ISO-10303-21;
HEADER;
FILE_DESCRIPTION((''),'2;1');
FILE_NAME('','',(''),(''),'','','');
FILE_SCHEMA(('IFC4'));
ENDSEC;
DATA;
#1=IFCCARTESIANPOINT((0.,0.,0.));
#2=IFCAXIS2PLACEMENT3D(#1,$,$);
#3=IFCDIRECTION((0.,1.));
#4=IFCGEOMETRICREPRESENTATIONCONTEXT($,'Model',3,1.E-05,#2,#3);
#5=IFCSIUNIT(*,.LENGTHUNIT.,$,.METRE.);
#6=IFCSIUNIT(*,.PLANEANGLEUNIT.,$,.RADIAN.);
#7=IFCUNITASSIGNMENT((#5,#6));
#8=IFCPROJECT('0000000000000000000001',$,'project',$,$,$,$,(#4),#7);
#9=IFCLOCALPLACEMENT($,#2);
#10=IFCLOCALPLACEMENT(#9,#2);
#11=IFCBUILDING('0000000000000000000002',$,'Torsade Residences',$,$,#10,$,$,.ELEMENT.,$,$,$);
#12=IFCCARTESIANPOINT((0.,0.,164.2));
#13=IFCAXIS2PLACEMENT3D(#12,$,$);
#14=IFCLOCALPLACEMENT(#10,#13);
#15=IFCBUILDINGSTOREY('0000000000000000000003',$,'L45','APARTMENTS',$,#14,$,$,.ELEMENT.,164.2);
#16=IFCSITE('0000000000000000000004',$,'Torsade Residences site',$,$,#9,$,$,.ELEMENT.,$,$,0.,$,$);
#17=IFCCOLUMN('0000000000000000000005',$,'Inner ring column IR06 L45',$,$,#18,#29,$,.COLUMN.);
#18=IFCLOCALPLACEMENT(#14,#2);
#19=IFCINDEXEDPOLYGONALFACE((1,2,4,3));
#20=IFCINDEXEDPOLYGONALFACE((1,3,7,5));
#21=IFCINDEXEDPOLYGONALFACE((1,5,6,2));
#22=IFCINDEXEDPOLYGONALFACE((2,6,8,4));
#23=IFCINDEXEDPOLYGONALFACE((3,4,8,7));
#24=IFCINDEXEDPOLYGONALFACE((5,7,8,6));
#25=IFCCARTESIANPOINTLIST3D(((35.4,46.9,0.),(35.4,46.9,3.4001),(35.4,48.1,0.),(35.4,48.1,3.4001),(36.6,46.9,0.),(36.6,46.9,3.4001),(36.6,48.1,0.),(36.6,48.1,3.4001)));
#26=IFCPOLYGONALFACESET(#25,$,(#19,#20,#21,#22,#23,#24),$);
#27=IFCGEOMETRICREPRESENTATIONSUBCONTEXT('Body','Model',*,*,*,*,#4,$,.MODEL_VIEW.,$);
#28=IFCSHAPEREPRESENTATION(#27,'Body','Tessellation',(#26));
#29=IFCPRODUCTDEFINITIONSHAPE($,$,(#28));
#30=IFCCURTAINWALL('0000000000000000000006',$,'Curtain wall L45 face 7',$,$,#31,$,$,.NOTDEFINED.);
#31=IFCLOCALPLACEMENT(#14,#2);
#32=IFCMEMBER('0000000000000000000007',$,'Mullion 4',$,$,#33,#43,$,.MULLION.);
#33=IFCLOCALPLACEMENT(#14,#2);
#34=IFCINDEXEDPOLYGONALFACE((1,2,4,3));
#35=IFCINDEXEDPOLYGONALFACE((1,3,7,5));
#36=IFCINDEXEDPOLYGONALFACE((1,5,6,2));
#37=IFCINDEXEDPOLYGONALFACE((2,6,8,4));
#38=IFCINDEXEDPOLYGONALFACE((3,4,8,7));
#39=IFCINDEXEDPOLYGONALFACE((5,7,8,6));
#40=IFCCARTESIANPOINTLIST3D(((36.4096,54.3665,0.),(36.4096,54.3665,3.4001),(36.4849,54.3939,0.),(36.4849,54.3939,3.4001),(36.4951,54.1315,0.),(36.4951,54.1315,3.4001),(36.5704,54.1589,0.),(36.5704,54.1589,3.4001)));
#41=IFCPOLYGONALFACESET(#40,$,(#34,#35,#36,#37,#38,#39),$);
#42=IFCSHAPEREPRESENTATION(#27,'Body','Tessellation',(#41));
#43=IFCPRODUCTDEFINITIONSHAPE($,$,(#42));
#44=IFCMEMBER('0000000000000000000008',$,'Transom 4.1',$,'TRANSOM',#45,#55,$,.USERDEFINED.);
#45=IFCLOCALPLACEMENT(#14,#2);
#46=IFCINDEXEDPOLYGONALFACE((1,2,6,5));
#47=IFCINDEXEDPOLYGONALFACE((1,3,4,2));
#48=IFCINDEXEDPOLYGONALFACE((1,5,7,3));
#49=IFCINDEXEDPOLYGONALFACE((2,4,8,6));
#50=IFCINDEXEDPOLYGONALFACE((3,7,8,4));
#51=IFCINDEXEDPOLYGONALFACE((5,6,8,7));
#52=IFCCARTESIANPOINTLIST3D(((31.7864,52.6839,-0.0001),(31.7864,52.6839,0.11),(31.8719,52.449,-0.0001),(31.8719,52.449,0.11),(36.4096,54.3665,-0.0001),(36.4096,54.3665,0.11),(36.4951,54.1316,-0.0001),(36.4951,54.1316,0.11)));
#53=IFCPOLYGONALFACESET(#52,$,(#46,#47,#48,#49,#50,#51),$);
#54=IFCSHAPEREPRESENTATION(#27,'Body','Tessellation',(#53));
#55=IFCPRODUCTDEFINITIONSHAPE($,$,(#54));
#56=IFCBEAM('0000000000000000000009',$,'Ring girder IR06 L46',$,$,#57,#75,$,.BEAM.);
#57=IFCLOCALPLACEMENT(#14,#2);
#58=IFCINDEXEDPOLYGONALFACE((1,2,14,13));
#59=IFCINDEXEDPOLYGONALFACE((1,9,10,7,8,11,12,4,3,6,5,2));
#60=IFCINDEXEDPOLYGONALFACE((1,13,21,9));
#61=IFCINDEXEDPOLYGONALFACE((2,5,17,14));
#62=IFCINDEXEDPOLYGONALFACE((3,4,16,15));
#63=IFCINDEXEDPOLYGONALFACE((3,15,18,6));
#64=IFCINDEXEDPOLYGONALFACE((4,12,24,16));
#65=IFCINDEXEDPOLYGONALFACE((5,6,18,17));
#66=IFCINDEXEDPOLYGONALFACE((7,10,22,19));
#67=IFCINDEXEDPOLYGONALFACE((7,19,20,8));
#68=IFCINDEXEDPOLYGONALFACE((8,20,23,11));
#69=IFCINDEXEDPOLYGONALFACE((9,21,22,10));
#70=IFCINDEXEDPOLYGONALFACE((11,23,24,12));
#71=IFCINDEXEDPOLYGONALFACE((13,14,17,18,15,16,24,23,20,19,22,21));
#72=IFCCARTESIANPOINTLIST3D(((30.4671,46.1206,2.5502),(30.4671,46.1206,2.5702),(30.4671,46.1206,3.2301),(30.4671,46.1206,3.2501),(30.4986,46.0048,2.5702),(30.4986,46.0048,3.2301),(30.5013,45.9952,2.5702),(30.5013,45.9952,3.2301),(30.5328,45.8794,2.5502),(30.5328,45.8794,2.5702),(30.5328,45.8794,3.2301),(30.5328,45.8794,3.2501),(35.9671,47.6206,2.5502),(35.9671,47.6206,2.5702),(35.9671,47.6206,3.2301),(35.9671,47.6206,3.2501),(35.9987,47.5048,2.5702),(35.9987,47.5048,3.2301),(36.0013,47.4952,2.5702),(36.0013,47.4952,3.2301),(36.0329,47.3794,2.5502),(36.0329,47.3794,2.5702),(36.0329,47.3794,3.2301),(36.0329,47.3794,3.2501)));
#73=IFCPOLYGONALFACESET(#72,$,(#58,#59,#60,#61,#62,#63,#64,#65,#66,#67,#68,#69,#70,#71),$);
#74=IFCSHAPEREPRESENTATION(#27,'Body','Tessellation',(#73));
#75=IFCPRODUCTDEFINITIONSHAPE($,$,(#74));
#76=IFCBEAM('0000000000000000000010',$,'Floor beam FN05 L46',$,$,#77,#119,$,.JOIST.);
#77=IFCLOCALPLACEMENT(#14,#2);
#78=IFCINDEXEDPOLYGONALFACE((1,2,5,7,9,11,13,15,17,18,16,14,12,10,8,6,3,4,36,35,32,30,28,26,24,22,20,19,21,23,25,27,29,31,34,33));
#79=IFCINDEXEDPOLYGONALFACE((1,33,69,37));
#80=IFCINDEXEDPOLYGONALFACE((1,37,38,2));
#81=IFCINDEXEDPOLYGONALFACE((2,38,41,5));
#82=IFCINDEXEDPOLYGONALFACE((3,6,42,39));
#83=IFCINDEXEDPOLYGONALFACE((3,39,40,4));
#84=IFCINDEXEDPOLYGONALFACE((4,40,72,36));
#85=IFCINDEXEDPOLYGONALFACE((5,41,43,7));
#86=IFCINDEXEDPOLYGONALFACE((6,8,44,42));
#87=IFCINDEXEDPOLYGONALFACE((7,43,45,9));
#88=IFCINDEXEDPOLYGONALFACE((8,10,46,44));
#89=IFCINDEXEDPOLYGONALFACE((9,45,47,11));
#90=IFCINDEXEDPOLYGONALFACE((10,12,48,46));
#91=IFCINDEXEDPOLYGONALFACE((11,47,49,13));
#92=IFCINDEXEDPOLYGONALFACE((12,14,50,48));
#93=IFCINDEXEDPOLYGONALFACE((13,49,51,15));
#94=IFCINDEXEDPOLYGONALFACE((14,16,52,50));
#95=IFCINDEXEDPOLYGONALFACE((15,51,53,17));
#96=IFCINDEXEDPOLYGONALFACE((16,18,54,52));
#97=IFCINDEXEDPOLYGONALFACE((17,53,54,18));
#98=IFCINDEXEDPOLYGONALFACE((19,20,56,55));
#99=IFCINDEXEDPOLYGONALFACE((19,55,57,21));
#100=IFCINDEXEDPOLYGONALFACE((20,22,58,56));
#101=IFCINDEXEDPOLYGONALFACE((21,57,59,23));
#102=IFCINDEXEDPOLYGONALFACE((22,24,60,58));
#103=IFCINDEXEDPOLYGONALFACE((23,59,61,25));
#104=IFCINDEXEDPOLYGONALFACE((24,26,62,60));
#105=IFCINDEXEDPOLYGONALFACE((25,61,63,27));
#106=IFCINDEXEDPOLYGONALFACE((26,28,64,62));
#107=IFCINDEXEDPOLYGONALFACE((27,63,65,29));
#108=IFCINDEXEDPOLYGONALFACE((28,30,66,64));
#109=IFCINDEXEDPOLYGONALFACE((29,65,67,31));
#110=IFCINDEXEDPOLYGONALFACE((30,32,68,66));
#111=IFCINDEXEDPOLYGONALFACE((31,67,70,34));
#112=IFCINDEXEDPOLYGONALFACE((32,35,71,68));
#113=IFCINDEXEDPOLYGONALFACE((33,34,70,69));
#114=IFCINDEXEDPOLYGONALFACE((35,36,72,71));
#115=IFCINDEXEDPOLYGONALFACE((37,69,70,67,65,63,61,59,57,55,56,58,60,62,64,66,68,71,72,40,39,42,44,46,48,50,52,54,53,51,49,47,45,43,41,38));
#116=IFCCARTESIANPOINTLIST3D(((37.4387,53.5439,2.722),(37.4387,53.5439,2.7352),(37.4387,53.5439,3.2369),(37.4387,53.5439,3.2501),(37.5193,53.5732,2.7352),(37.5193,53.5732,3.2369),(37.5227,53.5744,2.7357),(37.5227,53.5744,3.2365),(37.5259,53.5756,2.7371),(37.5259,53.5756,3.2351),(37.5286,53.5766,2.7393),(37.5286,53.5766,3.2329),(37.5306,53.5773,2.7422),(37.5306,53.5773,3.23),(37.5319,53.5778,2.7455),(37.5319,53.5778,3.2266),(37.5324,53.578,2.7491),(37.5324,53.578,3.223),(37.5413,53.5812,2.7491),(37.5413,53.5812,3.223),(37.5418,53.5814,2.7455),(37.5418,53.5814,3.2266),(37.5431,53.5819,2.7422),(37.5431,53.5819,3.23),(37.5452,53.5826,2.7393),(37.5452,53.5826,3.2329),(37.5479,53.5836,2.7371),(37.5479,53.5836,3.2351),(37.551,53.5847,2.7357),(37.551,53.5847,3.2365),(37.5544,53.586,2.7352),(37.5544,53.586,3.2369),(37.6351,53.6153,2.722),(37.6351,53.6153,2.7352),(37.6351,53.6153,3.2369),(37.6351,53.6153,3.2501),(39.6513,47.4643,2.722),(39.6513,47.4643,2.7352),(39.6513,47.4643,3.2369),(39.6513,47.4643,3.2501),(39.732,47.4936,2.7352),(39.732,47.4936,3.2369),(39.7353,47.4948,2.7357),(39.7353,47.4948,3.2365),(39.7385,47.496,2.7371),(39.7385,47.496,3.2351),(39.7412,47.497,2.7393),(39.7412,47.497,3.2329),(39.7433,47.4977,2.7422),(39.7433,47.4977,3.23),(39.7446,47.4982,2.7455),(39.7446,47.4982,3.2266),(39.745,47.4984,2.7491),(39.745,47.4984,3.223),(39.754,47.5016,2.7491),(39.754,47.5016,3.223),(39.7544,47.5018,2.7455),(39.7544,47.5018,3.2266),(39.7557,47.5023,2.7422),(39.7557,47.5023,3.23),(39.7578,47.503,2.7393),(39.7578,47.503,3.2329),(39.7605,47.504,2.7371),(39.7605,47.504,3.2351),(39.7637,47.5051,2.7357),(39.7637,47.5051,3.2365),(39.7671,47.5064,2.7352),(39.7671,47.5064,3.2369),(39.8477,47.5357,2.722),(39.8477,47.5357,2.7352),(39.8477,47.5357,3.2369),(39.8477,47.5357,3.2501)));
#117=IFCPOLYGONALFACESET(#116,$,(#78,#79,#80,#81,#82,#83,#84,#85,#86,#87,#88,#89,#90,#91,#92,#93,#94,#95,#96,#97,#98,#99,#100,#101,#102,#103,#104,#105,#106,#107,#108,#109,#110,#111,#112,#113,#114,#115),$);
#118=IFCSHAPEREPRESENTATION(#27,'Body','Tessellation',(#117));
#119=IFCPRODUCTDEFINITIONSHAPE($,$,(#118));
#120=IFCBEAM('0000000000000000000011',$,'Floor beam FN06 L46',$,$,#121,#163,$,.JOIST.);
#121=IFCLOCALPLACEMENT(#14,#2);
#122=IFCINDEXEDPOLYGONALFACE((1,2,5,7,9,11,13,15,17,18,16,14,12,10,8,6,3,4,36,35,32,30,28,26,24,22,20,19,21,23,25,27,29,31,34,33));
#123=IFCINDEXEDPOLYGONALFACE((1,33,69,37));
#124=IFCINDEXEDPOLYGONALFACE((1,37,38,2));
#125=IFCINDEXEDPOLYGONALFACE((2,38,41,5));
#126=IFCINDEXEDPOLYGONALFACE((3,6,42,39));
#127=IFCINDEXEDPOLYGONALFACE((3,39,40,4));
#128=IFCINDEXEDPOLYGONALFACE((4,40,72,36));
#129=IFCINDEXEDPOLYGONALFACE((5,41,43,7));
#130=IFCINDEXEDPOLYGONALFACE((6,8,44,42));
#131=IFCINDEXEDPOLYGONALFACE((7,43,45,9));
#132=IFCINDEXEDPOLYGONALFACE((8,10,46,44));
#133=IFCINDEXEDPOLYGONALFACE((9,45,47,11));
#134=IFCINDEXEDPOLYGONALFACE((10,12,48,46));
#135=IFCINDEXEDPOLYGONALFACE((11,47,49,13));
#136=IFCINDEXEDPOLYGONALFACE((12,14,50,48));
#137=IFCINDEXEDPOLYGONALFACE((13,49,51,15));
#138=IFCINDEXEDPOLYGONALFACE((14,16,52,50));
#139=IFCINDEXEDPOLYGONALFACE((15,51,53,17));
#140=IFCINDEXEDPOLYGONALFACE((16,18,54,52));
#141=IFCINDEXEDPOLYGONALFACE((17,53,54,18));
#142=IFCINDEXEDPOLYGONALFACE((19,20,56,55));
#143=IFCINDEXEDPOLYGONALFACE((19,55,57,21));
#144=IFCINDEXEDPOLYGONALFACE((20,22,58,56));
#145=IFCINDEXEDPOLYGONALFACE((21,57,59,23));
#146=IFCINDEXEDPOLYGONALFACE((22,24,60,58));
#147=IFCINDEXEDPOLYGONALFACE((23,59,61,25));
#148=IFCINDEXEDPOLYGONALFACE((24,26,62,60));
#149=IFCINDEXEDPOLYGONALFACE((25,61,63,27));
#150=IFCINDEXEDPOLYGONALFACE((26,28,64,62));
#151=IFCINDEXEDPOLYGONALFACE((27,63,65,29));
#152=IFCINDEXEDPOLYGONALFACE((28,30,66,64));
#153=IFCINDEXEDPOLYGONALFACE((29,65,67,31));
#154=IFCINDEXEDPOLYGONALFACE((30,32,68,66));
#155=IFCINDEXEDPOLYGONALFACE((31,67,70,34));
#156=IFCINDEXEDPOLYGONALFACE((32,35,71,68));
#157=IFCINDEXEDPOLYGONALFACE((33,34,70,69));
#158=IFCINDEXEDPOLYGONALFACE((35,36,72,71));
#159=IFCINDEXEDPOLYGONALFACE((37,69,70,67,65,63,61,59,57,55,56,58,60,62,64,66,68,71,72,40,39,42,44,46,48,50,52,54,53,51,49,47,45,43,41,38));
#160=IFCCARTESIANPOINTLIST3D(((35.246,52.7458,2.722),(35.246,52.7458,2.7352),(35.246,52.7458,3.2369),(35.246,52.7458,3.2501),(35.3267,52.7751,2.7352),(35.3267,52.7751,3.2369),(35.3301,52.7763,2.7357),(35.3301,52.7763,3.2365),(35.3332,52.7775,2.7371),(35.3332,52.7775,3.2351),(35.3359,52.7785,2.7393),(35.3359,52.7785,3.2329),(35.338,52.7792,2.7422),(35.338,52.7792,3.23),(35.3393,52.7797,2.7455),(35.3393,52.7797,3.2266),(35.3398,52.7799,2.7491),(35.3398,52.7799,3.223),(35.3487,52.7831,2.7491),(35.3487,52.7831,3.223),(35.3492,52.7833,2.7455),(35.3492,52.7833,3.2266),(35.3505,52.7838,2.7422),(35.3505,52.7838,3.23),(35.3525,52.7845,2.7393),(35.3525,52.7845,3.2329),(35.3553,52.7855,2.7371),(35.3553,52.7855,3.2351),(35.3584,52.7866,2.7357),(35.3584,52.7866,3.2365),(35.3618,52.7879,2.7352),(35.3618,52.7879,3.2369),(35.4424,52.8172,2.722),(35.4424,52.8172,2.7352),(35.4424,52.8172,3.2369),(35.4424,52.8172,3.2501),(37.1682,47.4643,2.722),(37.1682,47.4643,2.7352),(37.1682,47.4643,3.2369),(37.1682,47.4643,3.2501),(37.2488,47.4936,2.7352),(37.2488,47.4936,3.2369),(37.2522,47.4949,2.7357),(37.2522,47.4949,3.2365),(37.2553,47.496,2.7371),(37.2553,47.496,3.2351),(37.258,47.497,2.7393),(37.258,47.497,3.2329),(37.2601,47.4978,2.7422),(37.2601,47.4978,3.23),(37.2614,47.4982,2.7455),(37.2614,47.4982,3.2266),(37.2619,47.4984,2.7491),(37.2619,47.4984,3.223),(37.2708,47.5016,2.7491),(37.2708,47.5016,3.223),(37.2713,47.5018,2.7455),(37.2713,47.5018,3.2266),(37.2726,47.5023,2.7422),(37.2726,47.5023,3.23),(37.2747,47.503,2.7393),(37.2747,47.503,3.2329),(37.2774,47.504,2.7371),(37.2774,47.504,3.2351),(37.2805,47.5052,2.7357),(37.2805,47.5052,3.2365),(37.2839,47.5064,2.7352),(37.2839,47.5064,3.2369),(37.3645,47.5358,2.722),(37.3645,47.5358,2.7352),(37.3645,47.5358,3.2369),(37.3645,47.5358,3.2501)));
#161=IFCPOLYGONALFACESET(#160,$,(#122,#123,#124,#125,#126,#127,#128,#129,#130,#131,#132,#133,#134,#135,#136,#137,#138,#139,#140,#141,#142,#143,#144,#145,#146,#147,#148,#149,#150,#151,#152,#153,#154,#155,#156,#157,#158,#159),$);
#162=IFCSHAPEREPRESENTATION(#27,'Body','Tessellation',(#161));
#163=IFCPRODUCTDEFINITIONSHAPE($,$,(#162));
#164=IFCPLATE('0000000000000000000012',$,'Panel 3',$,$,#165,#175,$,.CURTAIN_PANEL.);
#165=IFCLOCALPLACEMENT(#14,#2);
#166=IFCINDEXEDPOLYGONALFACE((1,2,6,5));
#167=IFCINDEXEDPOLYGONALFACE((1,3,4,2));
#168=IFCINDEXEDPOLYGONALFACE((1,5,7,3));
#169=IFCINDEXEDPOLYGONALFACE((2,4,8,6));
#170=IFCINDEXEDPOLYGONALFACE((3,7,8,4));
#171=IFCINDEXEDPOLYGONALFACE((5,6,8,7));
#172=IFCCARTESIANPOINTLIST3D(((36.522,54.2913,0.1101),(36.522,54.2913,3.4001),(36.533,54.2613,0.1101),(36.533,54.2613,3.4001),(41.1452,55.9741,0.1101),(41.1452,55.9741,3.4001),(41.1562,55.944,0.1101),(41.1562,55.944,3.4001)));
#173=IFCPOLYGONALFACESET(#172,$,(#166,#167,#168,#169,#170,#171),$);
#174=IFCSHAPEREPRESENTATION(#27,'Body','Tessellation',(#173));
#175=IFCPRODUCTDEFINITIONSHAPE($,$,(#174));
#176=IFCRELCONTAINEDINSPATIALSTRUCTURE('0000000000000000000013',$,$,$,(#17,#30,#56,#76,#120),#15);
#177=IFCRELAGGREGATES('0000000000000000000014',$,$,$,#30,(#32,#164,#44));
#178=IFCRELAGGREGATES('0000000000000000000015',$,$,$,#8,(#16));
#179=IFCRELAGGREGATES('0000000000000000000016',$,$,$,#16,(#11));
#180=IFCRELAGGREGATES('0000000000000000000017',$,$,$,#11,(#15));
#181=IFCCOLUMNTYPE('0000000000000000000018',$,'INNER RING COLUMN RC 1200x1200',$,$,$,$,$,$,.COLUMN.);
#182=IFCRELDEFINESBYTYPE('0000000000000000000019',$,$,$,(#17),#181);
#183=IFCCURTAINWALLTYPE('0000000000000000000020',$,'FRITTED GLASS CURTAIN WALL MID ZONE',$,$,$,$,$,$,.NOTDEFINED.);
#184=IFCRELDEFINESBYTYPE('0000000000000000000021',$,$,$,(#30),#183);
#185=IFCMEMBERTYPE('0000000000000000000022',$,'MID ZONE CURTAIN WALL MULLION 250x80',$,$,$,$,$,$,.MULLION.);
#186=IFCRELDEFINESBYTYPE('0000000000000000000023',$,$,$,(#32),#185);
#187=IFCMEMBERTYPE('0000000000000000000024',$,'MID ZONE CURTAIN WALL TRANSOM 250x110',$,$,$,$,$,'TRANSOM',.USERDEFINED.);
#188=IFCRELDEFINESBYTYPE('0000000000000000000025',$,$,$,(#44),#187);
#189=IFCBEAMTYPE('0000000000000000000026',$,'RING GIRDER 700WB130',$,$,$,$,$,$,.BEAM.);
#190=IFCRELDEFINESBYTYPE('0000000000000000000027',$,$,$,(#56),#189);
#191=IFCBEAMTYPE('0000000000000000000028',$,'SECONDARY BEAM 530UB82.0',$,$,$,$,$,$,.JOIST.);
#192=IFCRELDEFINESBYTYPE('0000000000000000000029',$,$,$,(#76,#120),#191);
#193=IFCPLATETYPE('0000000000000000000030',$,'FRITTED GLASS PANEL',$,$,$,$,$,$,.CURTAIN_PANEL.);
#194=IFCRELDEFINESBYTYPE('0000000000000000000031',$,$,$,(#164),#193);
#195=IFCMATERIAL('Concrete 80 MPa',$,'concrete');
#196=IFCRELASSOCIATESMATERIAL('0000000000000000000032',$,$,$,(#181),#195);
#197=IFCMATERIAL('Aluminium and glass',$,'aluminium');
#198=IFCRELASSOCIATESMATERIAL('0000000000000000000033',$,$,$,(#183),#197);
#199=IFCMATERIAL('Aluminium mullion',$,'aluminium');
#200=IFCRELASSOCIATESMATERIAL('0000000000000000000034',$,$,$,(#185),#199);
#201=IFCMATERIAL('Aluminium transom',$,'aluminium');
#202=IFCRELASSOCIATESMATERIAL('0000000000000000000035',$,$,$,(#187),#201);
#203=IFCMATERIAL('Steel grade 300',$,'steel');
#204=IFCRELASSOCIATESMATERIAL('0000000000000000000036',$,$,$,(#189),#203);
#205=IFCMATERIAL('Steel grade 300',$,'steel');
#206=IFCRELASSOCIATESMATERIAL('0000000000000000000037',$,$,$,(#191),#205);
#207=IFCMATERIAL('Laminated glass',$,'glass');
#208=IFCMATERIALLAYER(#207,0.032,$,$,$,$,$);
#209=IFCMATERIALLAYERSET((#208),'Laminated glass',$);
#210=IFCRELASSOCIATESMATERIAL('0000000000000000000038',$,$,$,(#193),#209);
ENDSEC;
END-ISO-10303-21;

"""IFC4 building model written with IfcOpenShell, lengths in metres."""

from ifc_helpers import new_model, si_unit, direction, frame, origin, origin_2d, place, context, subcontext, project, spatial, rectangle, i_section, extrude, material, layer, layer_set, material_profile, profile_set, type_object, element, aggregate, save


model = new_model("IFC4")

# Units and contexts
model_context = context("Model", 3, precision=1e-05, world=origin(), true_north=direction((0.0, 1.0)))
body_context = subcontext(model_context, "Body", "Model", "MODEL_VIEW")
ifc_project = project(units=[si_unit("LENGTHUNIT", "METRE"), si_unit("PLANEANGLEUNIT", "RADIAN")], contexts=[model_context])

# Site, building, storey
site_placement = place(None, origin())
site = spatial("IfcSite", under=ifc_project, at=site_placement, Name="Torsade Residences site", CompositionType="ELEMENT", RefElevation=0.0)
building_placement = place(site_placement, origin())
building = spatial("IfcBuilding", under=site, at=building_placement, Name="Torsade Residences", CompositionType="ELEMENT")
storey_placement = place(building_placement, frame((0.0, 0.0, 164.2)))
storey = spatial("IfcBuildingStorey", under=building, at=storey_placement, Name="L45", Description="APARTMENTS", CompositionType="ELEMENT", Elevation=164.2)

# Column
ifc_material_1 = material(Name="Concrete 80 MPa", Category="concrete")
ifc_material_profile_1 = material_profile(ifc_material_1, rectangle(XDim=1.2, YDim=1.2, at=origin_2d()), Name="RC 1200x1200")
ifc_profile_set_1 = profile_set([ifc_material_profile_1], Name="Concrete 80 MPa")
column_type = type_object("IfcColumnType", Name="INNER RING COLUMN RC 1200x1200", PredefinedType="COLUMN", material=ifc_profile_set_1)
column_placement = place(storey_placement, frame((36.0, 47.5, 0.0), z_axis=(0.0, 0.0, 1.0), x_axis=(1.0, 0.0, 0.0)))
element("IfcColumn", 1, at=column_placement, inside=storey, type_object=column_type, Name="Inner ring column IR06 L45", PredefinedType="COLUMN", context=body_context, shape_type="SweptSolid", body=[
    extrude(rectangle(XDim=1.2, YDim=1.2, at=origin_2d()), origin(), (0.0, 0.0, 1.0), 3.4001),
])

# Curtain wall, members
ifc_material_2 = material(Name="Aluminium and glass", Category="aluminium")
curtain_wall_type = type_object("IfcCurtainWallType", Name="FRITTED GLASS CURTAIN WALL MID ZONE", PredefinedType="NOTDEFINED", material=ifc_material_2)
curtain_wall_placement = place(storey_placement, origin())
curtain_wall = element("IfcCurtainWall", 2, at=curtain_wall_placement, inside=storey, type_object=curtain_wall_type, Name="Curtain wall L45 face 7", PredefinedType="NOTDEFINED")
ifc_material_3 = material(Name="Aluminium mullion", Category="aluminium")
ifc_material_profile_2 = material_profile(ifc_material_3, rectangle(XDim=0.25, YDim=0.0801, at=origin_2d()), Name="MID ZONE CURTAIN WALL MULLION 250x80")
ifc_profile_set_2 = profile_set([ifc_material_profile_2], Name="Aluminium mullion")
member_type_1 = type_object("IfcMemberType", Name="MID ZONE CURTAIN WALL MULLION 250x80", PredefinedType="MULLION", material=ifc_profile_set_2)
member_1_placement = place(storey_placement, frame((36.49, 54.2627, 0.0), z_axis=(0.0, 0.0, 1.0), x_axis=(0.34202, -0.939693, 0.0)))
member_1 = element("IfcMember", 3, at=member_1_placement, type_object=member_type_1, Name="Mullion 4", PredefinedType="MULLION", context=body_context, shape_type="SweptSolid", body=[
    extrude(rectangle(XDim=0.25, YDim=0.0801, at=origin_2d()), origin(), (0.0, 0.0, 1.0), 3.4001),
])
ifc_material_4 = material(Name="Aluminium transom", Category="aluminium")
ifc_material_profile_3 = material_profile(ifc_material_4, rectangle(XDim=0.25, YDim=0.1101, at=origin_2d()), Name="MID ZONE CURTAIN WALL TRANSOM 250x110")
ifc_profile_set_3 = profile_set([ifc_material_profile_3], Name="Aluminium transom")
member_type_2 = type_object("IfcMemberType", Name="MID ZONE CURTAIN WALL TRANSOM 250x110", ElementType="TRANSOM", PredefinedType="USERDEFINED", material=ifc_profile_set_3)
member_2_placement = place(storey_placement, frame((36.4524, 54.249, 0.0549), z_axis=(-0.939701, -0.341998, 0.0), x_axis=(0.341998, -0.939701, 0.0)))
member_2 = element("IfcMember", 4, at=member_2_placement, type_object=member_type_2, Name="Transom 4.1", ObjectType="TRANSOM", PredefinedType="USERDEFINED", context=body_context, shape_type="SweptSolid", body=[
    extrude(rectangle(XDim=0.25, YDim=0.1101, at=origin_2d()), origin(), (0.0, 0.0, 1.0), 4.9199),
])

# Beams
ifc_material_5 = material(Name="Steel grade 300", Category="steel")
ifc_material_profile_4 = material_profile(ifc_material_5, i_section(OverallWidth=0.25, OverallDepth=0.7, WebThickness=0.01, FlangeThickness=0.02, at=origin_2d()), Name="700WB130")
ifc_profile_set_4 = profile_set([ifc_material_profile_4], Name="Steel grade 300")
beam_type_1 = type_object("IfcBeamType", Name="RING GIRDER 700WB130", PredefinedType="BEAM", material=ifc_profile_set_4)
beam_1_placement = place(storey_placement, frame((36.0, 47.5, 2.9001), z_axis=(-0.964764, -0.263117, 0.0), x_axis=(0.263117, -0.964764, 0.0)))
element("IfcBeam", 5, at=beam_1_placement, inside=storey, type_object=beam_type_1, Name="Ring girder IR06 L46", PredefinedType="BEAM", context=body_context, shape_type="SweptSolid", body=[
    extrude(i_section(OverallWidth=0.25, OverallDepth=0.7, WebThickness=0.01, FlangeThickness=0.02, at=origin_2d()), origin(), (0.0, 0.0, 1.0), 5.7009),
])
ifc_material_6 = material(Name="Steel grade 300", Category="steel")
ifc_material_profile_5 = material_profile(ifc_material_6, i_section(OverallWidth=0.209, OverallDepth=0.5281, WebThickness=0.0095, FlangeThickness=0.0132, FilletRadius=0.0139, at=origin_2d()), Name="530UB82.0")
ifc_profile_set_5 = profile_set([ifc_material_profile_5], Name="Steel grade 300")
beam_type_2 = type_object("IfcBeamType", Name="SECONDARY BEAM 530UB82.0", PredefinedType="JOIST", material=ifc_profile_set_5)
beam_2_placement = place(storey_placement, frame((37.5369, 53.5796, 2.9861), z_axis=(0.342001, -0.9397, 0.0), x_axis=(0.9397, 0.342001, 0.0)))
element("IfcBeam", 6, at=beam_2_placement, inside=storey, type_object=beam_type_2, Name="Floor beam FN05 L46", PredefinedType="JOIST", context=body_context, shape_type="SweptSolid", body=[
    extrude(i_section(OverallWidth=0.209, OverallDepth=0.5281, WebThickness=0.0095, FlangeThickness=0.0132, FilletRadius=0.0139, at=origin_2d()), origin(), (0.0, 0.0, 1.0), 6.4697),
])
beam_3_placement = place(storey_placement, frame((35.3442, 52.7815, 2.9861), z_axis=(0.341991, -0.939703, 0.0), x_axis=(0.939703, 0.341991, 0.0)))
element("IfcBeam", 7, at=beam_3_placement, inside=storey, type_object=beam_type_2, Name="Floor beam FN06 L46", PredefinedType="JOIST", context=body_context, shape_type="SweptSolid", body=[
    extrude(i_section(OverallWidth=0.209, OverallDepth=0.5281, WebThickness=0.0095, FlangeThickness=0.0132, FilletRadius=0.0139, at=origin_2d()), origin(), (0.0, 0.0, 1.0), 5.6204),
])

# Plate
ifc_material_7 = material(Name="Laminated glass", Category="glass")
ifc_layer_1 = layer(ifc_material_7, 0.032)
ifc_layer_set_1 = layer_set([ifc_layer_1], Name="Laminated glass")
plate_type = type_object("IfcPlateType", Name="FRITTED GLASS PANEL", PredefinedType="CURTAIN_PANEL", material=ifc_layer_set_1)
plate_1_placement = place(storey_placement, frame((38.8391, 55.1177, 0.1101), z_axis=(0.0, 0.0, 1.0), x_axis=(-0.939693, -0.34202, 0.0)))
plate_1 = element("IfcPlate", 8, at=plate_1_placement, type_object=plate_type, Name="Panel 3", PredefinedType="CURTAIN_PANEL", context=body_context, shape_type="SweptSolid", body=[
    extrude(rectangle(XDim=4.9199, YDim=0.032, at=origin_2d()), origin(), (0.0, 0.0, 1.0), 3.29),
])
aggregate(curtain_wall, [member_1, plate_1, member_2])

save(model, "model.ifc")
